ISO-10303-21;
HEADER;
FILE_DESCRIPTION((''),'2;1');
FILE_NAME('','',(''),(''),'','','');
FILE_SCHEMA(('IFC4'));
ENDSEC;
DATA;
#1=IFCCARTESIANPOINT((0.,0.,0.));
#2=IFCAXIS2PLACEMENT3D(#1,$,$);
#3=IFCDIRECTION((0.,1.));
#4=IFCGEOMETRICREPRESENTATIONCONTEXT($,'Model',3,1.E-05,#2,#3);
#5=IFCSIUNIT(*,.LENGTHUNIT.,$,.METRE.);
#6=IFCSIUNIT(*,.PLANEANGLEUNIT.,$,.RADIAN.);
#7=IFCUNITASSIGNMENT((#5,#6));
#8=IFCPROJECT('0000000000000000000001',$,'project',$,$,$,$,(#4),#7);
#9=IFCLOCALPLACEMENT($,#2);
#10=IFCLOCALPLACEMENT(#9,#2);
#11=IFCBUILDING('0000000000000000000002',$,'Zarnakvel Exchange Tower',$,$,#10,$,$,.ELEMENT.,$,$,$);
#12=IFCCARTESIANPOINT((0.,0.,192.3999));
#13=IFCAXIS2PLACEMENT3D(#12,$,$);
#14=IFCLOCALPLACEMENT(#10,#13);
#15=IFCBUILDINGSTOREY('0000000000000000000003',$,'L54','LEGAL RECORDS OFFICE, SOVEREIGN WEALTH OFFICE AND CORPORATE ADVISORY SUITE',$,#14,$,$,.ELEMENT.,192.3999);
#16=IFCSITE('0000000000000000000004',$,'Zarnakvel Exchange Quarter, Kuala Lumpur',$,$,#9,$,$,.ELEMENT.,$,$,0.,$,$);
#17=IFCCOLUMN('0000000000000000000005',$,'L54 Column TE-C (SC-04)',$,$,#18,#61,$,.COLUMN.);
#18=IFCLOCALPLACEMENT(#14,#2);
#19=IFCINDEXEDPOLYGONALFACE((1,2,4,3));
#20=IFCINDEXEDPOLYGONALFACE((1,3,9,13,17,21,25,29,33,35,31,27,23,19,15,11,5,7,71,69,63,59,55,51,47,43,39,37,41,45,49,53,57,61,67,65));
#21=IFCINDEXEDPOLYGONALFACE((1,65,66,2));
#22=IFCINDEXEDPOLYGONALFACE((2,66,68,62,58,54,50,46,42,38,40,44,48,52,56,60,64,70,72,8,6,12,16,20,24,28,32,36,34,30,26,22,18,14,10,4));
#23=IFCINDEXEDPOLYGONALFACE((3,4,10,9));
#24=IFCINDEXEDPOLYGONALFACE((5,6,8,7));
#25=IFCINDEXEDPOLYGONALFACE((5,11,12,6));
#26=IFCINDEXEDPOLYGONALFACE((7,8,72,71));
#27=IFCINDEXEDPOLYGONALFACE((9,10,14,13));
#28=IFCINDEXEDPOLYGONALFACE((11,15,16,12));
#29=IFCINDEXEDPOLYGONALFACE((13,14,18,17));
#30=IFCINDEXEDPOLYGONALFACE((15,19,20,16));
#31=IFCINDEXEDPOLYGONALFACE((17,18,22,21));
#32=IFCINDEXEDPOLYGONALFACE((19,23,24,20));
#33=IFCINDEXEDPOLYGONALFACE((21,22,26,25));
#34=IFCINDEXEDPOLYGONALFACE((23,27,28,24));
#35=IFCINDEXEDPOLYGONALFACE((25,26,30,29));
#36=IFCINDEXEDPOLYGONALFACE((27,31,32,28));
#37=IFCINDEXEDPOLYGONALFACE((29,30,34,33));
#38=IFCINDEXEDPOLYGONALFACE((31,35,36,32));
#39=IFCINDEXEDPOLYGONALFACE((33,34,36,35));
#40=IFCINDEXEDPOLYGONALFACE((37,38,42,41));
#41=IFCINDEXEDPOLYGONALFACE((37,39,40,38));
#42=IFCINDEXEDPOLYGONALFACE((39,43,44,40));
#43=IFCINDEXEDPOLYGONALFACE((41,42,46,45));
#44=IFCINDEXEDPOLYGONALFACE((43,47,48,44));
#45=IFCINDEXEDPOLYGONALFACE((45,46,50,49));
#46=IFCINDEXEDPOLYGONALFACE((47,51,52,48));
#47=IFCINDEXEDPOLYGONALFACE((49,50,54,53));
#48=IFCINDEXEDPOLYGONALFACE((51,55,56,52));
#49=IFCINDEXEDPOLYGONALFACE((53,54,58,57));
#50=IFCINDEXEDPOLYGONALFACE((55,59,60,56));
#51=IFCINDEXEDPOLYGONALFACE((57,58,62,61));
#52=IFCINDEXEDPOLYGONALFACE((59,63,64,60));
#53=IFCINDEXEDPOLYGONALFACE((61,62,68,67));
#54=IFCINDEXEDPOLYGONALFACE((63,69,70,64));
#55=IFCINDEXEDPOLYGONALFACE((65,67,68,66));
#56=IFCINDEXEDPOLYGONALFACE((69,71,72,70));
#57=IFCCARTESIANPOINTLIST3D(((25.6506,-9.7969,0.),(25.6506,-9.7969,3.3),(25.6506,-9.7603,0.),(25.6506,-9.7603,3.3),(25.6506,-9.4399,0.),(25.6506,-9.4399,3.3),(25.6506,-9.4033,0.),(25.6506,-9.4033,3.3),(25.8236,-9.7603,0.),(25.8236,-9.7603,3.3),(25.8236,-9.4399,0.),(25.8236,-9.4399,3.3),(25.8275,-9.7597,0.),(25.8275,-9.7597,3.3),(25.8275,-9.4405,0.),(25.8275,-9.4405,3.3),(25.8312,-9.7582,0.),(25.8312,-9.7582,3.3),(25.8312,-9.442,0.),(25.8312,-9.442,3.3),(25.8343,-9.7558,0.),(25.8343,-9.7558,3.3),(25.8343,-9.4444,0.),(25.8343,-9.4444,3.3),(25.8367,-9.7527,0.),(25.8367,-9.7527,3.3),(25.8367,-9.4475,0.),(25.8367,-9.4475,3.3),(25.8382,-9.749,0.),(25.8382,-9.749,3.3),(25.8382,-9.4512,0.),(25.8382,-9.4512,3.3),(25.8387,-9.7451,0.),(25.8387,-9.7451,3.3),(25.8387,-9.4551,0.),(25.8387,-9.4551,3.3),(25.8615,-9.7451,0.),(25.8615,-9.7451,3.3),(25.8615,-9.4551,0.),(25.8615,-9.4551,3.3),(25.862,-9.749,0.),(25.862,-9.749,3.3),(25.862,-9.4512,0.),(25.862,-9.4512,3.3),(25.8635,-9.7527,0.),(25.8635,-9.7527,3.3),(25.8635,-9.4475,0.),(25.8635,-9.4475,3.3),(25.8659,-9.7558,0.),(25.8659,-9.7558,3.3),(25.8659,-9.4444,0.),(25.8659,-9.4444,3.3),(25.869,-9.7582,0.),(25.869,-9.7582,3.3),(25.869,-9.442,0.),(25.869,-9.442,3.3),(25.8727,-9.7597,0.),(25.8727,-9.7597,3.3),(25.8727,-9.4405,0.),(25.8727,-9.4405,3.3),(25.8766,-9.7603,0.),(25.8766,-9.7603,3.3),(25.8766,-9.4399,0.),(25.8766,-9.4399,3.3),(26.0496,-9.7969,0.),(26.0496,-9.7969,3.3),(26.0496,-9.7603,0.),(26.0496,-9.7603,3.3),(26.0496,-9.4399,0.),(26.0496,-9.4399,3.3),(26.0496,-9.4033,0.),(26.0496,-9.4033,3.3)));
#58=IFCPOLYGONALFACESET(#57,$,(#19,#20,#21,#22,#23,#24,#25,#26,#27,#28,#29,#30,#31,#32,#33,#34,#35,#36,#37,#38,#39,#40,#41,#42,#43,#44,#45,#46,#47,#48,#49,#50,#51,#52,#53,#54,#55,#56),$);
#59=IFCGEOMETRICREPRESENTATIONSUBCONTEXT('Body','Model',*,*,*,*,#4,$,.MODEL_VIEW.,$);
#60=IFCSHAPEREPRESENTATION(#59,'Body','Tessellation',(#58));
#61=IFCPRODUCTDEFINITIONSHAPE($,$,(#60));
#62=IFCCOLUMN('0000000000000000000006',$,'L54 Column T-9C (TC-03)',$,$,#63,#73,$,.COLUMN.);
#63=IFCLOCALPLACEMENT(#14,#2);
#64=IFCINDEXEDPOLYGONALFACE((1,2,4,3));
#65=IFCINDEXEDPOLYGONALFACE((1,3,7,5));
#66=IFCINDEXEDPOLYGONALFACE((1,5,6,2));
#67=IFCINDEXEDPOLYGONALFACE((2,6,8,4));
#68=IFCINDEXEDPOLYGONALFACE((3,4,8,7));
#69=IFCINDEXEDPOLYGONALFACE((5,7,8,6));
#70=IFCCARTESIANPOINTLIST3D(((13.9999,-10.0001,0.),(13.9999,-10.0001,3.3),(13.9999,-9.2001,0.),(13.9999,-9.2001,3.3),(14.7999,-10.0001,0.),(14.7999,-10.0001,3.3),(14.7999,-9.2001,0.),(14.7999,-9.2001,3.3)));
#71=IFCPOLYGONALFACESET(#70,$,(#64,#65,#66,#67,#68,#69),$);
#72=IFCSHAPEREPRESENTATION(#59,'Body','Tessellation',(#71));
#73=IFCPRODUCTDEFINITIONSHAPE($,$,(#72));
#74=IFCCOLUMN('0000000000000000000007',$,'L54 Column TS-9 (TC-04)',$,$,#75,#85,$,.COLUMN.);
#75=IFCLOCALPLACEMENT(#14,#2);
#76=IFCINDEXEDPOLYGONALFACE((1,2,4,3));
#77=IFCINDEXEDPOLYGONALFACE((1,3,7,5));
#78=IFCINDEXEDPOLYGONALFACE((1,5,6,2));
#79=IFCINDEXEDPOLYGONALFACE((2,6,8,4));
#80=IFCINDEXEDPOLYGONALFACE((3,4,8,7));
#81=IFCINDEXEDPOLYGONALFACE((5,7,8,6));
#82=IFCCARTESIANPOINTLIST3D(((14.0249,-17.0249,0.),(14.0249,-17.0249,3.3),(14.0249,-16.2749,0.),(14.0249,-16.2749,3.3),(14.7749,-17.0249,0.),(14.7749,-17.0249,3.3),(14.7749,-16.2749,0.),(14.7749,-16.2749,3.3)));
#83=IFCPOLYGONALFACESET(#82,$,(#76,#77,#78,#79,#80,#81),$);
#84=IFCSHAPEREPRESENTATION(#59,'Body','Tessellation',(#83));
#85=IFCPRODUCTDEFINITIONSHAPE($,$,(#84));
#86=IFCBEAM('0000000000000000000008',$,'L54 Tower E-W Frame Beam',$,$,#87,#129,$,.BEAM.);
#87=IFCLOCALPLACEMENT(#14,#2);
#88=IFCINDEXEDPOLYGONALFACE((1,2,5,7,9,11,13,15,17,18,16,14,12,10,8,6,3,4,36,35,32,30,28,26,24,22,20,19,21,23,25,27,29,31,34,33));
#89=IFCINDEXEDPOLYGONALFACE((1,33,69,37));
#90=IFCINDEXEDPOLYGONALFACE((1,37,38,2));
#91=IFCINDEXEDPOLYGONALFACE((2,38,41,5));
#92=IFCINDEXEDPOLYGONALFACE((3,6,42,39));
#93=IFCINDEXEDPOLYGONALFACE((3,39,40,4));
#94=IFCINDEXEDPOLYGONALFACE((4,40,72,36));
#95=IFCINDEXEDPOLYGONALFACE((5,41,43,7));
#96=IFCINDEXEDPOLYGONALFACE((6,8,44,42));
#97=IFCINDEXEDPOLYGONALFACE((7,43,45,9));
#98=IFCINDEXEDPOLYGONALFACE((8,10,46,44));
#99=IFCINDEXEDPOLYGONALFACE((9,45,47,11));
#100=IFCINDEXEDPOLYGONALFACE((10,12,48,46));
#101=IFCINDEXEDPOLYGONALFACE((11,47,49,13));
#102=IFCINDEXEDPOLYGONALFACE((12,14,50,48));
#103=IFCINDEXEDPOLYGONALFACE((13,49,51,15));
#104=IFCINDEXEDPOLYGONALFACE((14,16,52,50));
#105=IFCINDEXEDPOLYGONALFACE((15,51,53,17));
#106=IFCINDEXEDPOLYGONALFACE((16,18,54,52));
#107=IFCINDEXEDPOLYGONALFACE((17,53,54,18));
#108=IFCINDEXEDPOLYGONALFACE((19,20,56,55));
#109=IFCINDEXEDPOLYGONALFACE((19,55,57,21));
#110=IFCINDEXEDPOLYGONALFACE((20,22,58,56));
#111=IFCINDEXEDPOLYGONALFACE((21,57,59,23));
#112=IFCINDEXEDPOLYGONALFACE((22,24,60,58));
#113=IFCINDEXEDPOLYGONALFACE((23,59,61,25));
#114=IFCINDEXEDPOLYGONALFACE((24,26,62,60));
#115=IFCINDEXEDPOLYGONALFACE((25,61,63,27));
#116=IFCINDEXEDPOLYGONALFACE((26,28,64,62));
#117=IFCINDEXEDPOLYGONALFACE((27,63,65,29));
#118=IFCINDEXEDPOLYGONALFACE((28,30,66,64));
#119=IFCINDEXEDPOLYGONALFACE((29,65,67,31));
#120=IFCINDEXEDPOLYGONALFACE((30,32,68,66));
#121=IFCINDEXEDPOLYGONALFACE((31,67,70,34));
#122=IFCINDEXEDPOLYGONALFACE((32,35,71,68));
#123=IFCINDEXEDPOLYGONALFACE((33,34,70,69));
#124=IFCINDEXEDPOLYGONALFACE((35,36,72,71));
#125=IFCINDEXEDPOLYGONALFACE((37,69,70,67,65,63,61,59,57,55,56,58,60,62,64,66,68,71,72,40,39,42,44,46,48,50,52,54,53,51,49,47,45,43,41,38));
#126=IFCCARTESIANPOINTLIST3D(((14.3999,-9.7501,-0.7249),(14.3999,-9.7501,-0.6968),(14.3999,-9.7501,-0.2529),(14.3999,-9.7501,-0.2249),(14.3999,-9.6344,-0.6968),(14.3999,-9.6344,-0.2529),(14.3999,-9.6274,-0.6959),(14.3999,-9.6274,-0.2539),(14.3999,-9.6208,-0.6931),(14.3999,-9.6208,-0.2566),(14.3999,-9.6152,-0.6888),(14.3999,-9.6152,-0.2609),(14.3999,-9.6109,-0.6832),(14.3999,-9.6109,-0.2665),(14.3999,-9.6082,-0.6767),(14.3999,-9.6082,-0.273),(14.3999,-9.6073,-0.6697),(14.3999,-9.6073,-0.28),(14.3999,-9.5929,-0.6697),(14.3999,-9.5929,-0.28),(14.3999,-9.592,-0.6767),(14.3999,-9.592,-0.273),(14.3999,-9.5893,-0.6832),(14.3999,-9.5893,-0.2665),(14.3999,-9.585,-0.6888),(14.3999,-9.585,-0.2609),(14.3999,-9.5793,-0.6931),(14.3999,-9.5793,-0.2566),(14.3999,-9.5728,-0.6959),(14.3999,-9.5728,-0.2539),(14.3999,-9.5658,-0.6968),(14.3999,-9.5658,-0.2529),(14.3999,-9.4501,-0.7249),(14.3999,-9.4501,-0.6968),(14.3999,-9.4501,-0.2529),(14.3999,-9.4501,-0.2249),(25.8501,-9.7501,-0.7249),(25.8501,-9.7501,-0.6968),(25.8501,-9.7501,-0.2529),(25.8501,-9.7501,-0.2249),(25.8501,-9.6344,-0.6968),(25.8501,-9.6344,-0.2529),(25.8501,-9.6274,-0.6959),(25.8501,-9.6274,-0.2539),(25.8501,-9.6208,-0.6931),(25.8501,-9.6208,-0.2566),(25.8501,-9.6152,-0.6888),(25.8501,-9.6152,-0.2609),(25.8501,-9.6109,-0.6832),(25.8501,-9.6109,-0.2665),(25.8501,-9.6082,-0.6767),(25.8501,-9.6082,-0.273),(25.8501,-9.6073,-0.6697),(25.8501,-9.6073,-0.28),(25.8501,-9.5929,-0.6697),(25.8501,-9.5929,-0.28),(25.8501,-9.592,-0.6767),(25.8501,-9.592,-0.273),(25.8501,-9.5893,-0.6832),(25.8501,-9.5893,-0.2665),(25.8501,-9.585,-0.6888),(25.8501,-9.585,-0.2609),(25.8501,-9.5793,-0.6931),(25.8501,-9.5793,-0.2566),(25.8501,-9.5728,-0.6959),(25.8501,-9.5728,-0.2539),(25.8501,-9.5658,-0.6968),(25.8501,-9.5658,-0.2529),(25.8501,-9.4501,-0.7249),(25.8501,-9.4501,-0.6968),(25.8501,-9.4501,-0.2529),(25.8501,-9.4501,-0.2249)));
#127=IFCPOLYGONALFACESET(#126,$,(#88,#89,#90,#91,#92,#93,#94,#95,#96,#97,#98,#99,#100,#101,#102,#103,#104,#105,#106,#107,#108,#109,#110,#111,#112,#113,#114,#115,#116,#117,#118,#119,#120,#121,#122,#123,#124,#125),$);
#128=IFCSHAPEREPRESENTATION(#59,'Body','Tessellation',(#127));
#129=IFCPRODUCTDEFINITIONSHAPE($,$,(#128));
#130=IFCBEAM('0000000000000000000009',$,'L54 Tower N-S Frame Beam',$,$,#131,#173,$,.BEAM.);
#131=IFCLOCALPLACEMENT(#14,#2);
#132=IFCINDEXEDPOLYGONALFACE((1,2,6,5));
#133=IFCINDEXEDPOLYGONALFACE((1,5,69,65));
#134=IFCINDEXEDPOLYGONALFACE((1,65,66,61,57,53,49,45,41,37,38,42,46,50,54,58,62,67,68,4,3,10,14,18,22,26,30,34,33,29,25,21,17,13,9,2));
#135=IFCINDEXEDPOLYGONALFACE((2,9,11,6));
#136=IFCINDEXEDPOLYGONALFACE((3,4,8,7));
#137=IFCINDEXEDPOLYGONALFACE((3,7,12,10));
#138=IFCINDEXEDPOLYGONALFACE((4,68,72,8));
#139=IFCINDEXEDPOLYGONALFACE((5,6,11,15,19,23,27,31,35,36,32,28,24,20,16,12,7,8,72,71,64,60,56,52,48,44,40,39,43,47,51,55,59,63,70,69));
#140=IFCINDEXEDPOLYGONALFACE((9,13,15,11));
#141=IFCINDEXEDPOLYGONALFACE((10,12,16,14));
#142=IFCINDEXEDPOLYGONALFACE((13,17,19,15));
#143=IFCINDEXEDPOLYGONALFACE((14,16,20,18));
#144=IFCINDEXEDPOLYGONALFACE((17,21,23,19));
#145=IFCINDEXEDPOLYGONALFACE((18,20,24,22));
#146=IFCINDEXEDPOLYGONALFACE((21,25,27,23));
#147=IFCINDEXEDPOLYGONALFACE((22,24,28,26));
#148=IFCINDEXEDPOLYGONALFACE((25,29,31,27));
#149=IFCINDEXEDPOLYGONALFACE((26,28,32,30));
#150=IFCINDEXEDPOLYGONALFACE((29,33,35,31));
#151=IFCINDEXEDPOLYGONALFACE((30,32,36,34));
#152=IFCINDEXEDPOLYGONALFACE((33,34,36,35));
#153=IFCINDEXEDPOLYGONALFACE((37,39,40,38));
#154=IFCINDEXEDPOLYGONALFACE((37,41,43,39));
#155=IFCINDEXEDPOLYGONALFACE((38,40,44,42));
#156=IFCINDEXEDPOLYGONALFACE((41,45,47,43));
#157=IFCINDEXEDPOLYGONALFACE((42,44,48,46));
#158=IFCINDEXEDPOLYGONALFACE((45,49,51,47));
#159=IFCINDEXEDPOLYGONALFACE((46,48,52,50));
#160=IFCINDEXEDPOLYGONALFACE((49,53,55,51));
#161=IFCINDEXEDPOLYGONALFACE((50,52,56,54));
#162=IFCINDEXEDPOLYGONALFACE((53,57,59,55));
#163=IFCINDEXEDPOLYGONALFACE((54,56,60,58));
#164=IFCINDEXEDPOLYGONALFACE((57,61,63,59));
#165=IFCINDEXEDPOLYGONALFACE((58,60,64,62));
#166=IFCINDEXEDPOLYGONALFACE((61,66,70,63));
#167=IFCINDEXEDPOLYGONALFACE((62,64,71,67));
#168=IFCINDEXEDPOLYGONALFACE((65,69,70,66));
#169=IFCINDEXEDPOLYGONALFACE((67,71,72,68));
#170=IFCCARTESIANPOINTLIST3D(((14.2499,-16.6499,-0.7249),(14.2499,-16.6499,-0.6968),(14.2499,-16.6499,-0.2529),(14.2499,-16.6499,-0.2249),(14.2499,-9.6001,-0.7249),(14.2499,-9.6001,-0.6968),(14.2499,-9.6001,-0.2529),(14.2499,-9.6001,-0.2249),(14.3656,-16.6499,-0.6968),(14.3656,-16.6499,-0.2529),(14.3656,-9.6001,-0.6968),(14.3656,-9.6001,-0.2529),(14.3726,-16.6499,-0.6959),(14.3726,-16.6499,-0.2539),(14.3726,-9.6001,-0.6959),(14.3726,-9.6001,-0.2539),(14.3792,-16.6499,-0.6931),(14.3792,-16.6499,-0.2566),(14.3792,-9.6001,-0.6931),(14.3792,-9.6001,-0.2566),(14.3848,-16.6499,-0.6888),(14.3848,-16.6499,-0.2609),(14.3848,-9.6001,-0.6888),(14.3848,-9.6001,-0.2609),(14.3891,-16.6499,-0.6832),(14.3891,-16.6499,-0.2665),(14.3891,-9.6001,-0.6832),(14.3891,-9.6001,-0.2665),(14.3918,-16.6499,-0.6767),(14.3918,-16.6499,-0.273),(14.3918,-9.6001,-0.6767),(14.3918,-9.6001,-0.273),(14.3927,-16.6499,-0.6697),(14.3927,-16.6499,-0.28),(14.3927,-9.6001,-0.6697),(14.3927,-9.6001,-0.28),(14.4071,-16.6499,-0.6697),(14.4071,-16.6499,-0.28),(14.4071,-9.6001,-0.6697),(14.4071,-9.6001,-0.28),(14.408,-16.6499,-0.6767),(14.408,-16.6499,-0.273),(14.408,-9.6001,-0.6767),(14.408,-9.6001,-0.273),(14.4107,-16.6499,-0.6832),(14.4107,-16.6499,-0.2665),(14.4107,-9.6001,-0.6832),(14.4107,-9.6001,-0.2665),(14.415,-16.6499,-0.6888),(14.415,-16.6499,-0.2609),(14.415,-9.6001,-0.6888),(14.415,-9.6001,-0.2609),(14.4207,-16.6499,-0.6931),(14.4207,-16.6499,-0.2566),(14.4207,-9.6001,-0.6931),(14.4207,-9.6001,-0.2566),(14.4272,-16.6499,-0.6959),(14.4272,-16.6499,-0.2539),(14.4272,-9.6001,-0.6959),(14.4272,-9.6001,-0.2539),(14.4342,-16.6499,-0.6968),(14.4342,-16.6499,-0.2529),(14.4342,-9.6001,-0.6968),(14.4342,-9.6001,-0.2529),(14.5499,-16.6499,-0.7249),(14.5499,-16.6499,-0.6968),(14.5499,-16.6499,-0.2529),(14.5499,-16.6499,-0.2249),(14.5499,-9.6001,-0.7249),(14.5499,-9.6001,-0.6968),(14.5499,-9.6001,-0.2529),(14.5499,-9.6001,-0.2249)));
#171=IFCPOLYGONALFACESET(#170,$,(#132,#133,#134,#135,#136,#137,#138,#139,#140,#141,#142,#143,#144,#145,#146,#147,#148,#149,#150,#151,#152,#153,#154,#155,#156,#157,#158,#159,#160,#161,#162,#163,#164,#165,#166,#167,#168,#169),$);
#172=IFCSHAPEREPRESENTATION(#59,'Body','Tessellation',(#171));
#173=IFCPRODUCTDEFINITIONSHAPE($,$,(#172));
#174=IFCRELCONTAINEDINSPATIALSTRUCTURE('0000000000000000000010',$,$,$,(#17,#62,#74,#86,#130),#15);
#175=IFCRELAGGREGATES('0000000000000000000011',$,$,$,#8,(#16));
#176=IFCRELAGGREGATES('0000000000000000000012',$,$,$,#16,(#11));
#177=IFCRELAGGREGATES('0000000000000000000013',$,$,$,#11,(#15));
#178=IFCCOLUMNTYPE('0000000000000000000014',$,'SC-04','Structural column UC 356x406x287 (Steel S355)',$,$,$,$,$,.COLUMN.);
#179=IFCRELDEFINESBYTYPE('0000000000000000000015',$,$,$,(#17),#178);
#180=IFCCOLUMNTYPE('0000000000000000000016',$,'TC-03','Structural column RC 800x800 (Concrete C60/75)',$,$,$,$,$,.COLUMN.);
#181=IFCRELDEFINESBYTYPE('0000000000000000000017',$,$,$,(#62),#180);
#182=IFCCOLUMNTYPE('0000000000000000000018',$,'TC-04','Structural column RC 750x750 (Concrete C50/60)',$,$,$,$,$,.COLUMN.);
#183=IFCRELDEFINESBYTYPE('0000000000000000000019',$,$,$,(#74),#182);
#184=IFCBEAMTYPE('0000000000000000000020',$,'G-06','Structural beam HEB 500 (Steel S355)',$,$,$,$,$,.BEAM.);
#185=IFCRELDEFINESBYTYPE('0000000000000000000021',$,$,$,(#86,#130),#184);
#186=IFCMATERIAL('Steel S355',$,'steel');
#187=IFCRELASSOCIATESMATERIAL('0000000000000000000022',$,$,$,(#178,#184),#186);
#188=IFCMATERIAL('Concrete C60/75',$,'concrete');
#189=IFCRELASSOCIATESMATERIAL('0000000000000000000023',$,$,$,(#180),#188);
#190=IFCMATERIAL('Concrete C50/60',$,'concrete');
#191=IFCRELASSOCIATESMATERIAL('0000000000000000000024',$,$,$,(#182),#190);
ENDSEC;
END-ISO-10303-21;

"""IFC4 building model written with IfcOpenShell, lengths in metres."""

from ifc_helpers import new_model, si_unit, direction, frame, origin, origin_2d, place, context, subcontext, project, spatial, rectangle, i_section, extrude, material, material_profile, profile_set, type_object, element, save


model = new_model("IFC4")

# Units and contexts
model_context = context("Model", 3, precision=1e-05, world=origin(), true_north=direction((0.0, 1.0)))
body_context = subcontext(model_context, "Body", "Model", "MODEL_VIEW")
ifc_project = project(units=[si_unit("LENGTHUNIT", "METRE"), si_unit("PLANEANGLEUNIT", "RADIAN")], contexts=[model_context])

# Site, building, storey
site_placement = place(None, origin())
site = spatial("IfcSite", under=ifc_project, at=site_placement, Name="Zarnakvel Exchange Quarter, Kuala Lumpur", CompositionType="ELEMENT", RefElevation=0.0)
building_placement = place(site_placement, origin())
building = spatial("IfcBuilding", under=site, at=building_placement, Name="Zarnakvel Exchange Tower", CompositionType="ELEMENT")
storey_placement = place(building_placement, frame((0.0, 0.0, 192.3999)))
storey = spatial("IfcBuildingStorey", under=building, at=storey_placement, Name="L54", Description="LEGAL RECORDS OFFICE, SOVEREIGN WEALTH OFFICE AND CORPORATE ADVISORY SUITE", CompositionType="ELEMENT", Elevation=192.3999)

# Columns
ifc_material_1 = material(Name="Steel S355", Category="steel")
ifc_material_profile_1 = material_profile(ifc_material_1, i_section(OverallWidth=0.3989, OverallDepth=0.3936, WebThickness=0.0227, FlangeThickness=0.0366, FilletRadius=0.0151, at=origin_2d()))
ifc_profile_set_1 = profile_set([ifc_material_profile_1], Name="Steel S355")
column_type_1 = type_object("IfcColumnType", Name="SC-04", Description="Structural column UC 356x406x287 (Steel S355)", PredefinedType="COLUMN", material=ifc_profile_set_1)
column_1_placement = place(storey_placement, frame((25.8501, -9.6001, 0.0), z_axis=(0.0, 0.0, 1.0), x_axis=(1.0, 0.0, 0.0)))
element("IfcColumn", 1, at=column_1_placement, inside=storey, type_object=column_type_1, Name="L54 Column TE-C (SC-04)", PredefinedType="COLUMN", context=body_context, shape_type="SweptSolid", body=[
    extrude(i_section(OverallWidth=0.3989, OverallDepth=0.3936, WebThickness=0.0227, FlangeThickness=0.0366, FilletRadius=0.0151, at=origin_2d()), origin(), (0.0, 0.0, 1.0), 3.3),
])
ifc_material_2 = material(Name="Concrete C60/75", Category="concrete")
ifc_material_profile_2 = material_profile(ifc_material_2, rectangle(XDim=0.8, YDim=0.8, at=origin_2d()))
ifc_profile_set_2 = profile_set([ifc_material_profile_2], Name="Concrete C60/75")
column_type_2 = type_object("IfcColumnType", Name="TC-03", Description="Structural column RC 800x800 (Concrete C60/75)", PredefinedType="COLUMN", material=ifc_profile_set_2)
column_2_placement = place(storey_placement, frame((14.3999, -9.6001, 0.0), z_axis=(0.0, 0.0, 1.0), x_axis=(1.0, 0.0, 0.0)))
element("IfcColumn", 2, at=column_2_placement, inside=storey, type_object=column_type_2, Name="L54 Column T-9C (TC-03)", PredefinedType="COLUMN", context=body_context, shape_type="SweptSolid", body=[
    extrude(rectangle(XDim=0.8, YDim=0.8, at=origin_2d()), origin(), (0.0, 0.0, 1.0), 3.3),
])
ifc_material_3 = material(Name="Concrete C50/60", Category="concrete")
ifc_material_profile_3 = material_profile(ifc_material_3, rectangle(XDim=0.75, YDim=0.75, at=origin_2d()))
ifc_profile_set_3 = profile_set([ifc_material_profile_3], Name="Concrete C50/60")
column_type_3 = type_object("IfcColumnType", Name="TC-04", Description="Structural column RC 750x750 (Concrete C50/60)", PredefinedType="COLUMN", material=ifc_profile_set_3)
column_3_placement = place(storey_placement, frame((14.3999, -16.6499, 0.0), z_axis=(0.0, 0.0, 1.0), x_axis=(1.0, 0.0, 0.0)))
element("IfcColumn", 3, at=column_3_placement, inside=storey, type_object=column_type_3, Name="L54 Column TS-9 (TC-04)", PredefinedType="COLUMN", context=body_context, shape_type="SweptSolid", body=[
    extrude(rectangle(XDim=0.75, YDim=0.75, at=origin_2d()), origin(), (0.0, 0.0, 1.0), 3.3),
])

# Beams
ifc_material_profile_4 = material_profile(ifc_material_1, i_section(OverallWidth=0.3, OverallDepth=0.5, WebThickness=0.0144, FlangeThickness=0.0281, FilletRadius=0.0271, at=origin_2d()))
ifc_profile_set_4 = profile_set([ifc_material_profile_4], Name="Steel S355")
beam_type_1 = type_object("IfcBeamType", Name="G-06", Description="Structural beam HEB 500 (Steel S355)", PredefinedType="BEAM", material=ifc_profile_set_4)
beam_1_placement = place(storey_placement, frame((14.3999, -9.6001, -0.4749), z_axis=(1.0, 0.0, 0.0), x_axis=(0.0, 1.0, 0.0)))
element("IfcBeam", 4, at=beam_1_placement, inside=storey, type_object=beam_type_1, Name="L54 Tower E-W Frame Beam", PredefinedType="BEAM", context=body_context, shape_type="SweptSolid", body=[
    extrude(i_section(OverallWidth=0.3, OverallDepth=0.5, WebThickness=0.0144, FlangeThickness=0.0281, FilletRadius=0.0271, at=origin_2d()), origin(), (0.0, 0.0, 1.0), 11.4502),
])
beam_2_placement = place(storey_placement, frame((14.3999, -16.6499, -0.4749), z_axis=(0.0, 1.0, 0.0), x_axis=(-1.0, 0.0, 0.0)))
element("IfcBeam", 5, at=beam_2_placement, inside=storey, type_object=beam_type_1, Name="L54 Tower N-S Frame Beam", PredefinedType="BEAM", context=body_context, shape_type="SweptSolid", body=[
    extrude(i_section(OverallWidth=0.3, OverallDepth=0.5, WebThickness=0.0144, FlangeThickness=0.0281, FilletRadius=0.0271, at=origin_2d()), origin(), (0.0, 0.0, 1.0), 7.0498),
])

save(model, "model.ifc")
